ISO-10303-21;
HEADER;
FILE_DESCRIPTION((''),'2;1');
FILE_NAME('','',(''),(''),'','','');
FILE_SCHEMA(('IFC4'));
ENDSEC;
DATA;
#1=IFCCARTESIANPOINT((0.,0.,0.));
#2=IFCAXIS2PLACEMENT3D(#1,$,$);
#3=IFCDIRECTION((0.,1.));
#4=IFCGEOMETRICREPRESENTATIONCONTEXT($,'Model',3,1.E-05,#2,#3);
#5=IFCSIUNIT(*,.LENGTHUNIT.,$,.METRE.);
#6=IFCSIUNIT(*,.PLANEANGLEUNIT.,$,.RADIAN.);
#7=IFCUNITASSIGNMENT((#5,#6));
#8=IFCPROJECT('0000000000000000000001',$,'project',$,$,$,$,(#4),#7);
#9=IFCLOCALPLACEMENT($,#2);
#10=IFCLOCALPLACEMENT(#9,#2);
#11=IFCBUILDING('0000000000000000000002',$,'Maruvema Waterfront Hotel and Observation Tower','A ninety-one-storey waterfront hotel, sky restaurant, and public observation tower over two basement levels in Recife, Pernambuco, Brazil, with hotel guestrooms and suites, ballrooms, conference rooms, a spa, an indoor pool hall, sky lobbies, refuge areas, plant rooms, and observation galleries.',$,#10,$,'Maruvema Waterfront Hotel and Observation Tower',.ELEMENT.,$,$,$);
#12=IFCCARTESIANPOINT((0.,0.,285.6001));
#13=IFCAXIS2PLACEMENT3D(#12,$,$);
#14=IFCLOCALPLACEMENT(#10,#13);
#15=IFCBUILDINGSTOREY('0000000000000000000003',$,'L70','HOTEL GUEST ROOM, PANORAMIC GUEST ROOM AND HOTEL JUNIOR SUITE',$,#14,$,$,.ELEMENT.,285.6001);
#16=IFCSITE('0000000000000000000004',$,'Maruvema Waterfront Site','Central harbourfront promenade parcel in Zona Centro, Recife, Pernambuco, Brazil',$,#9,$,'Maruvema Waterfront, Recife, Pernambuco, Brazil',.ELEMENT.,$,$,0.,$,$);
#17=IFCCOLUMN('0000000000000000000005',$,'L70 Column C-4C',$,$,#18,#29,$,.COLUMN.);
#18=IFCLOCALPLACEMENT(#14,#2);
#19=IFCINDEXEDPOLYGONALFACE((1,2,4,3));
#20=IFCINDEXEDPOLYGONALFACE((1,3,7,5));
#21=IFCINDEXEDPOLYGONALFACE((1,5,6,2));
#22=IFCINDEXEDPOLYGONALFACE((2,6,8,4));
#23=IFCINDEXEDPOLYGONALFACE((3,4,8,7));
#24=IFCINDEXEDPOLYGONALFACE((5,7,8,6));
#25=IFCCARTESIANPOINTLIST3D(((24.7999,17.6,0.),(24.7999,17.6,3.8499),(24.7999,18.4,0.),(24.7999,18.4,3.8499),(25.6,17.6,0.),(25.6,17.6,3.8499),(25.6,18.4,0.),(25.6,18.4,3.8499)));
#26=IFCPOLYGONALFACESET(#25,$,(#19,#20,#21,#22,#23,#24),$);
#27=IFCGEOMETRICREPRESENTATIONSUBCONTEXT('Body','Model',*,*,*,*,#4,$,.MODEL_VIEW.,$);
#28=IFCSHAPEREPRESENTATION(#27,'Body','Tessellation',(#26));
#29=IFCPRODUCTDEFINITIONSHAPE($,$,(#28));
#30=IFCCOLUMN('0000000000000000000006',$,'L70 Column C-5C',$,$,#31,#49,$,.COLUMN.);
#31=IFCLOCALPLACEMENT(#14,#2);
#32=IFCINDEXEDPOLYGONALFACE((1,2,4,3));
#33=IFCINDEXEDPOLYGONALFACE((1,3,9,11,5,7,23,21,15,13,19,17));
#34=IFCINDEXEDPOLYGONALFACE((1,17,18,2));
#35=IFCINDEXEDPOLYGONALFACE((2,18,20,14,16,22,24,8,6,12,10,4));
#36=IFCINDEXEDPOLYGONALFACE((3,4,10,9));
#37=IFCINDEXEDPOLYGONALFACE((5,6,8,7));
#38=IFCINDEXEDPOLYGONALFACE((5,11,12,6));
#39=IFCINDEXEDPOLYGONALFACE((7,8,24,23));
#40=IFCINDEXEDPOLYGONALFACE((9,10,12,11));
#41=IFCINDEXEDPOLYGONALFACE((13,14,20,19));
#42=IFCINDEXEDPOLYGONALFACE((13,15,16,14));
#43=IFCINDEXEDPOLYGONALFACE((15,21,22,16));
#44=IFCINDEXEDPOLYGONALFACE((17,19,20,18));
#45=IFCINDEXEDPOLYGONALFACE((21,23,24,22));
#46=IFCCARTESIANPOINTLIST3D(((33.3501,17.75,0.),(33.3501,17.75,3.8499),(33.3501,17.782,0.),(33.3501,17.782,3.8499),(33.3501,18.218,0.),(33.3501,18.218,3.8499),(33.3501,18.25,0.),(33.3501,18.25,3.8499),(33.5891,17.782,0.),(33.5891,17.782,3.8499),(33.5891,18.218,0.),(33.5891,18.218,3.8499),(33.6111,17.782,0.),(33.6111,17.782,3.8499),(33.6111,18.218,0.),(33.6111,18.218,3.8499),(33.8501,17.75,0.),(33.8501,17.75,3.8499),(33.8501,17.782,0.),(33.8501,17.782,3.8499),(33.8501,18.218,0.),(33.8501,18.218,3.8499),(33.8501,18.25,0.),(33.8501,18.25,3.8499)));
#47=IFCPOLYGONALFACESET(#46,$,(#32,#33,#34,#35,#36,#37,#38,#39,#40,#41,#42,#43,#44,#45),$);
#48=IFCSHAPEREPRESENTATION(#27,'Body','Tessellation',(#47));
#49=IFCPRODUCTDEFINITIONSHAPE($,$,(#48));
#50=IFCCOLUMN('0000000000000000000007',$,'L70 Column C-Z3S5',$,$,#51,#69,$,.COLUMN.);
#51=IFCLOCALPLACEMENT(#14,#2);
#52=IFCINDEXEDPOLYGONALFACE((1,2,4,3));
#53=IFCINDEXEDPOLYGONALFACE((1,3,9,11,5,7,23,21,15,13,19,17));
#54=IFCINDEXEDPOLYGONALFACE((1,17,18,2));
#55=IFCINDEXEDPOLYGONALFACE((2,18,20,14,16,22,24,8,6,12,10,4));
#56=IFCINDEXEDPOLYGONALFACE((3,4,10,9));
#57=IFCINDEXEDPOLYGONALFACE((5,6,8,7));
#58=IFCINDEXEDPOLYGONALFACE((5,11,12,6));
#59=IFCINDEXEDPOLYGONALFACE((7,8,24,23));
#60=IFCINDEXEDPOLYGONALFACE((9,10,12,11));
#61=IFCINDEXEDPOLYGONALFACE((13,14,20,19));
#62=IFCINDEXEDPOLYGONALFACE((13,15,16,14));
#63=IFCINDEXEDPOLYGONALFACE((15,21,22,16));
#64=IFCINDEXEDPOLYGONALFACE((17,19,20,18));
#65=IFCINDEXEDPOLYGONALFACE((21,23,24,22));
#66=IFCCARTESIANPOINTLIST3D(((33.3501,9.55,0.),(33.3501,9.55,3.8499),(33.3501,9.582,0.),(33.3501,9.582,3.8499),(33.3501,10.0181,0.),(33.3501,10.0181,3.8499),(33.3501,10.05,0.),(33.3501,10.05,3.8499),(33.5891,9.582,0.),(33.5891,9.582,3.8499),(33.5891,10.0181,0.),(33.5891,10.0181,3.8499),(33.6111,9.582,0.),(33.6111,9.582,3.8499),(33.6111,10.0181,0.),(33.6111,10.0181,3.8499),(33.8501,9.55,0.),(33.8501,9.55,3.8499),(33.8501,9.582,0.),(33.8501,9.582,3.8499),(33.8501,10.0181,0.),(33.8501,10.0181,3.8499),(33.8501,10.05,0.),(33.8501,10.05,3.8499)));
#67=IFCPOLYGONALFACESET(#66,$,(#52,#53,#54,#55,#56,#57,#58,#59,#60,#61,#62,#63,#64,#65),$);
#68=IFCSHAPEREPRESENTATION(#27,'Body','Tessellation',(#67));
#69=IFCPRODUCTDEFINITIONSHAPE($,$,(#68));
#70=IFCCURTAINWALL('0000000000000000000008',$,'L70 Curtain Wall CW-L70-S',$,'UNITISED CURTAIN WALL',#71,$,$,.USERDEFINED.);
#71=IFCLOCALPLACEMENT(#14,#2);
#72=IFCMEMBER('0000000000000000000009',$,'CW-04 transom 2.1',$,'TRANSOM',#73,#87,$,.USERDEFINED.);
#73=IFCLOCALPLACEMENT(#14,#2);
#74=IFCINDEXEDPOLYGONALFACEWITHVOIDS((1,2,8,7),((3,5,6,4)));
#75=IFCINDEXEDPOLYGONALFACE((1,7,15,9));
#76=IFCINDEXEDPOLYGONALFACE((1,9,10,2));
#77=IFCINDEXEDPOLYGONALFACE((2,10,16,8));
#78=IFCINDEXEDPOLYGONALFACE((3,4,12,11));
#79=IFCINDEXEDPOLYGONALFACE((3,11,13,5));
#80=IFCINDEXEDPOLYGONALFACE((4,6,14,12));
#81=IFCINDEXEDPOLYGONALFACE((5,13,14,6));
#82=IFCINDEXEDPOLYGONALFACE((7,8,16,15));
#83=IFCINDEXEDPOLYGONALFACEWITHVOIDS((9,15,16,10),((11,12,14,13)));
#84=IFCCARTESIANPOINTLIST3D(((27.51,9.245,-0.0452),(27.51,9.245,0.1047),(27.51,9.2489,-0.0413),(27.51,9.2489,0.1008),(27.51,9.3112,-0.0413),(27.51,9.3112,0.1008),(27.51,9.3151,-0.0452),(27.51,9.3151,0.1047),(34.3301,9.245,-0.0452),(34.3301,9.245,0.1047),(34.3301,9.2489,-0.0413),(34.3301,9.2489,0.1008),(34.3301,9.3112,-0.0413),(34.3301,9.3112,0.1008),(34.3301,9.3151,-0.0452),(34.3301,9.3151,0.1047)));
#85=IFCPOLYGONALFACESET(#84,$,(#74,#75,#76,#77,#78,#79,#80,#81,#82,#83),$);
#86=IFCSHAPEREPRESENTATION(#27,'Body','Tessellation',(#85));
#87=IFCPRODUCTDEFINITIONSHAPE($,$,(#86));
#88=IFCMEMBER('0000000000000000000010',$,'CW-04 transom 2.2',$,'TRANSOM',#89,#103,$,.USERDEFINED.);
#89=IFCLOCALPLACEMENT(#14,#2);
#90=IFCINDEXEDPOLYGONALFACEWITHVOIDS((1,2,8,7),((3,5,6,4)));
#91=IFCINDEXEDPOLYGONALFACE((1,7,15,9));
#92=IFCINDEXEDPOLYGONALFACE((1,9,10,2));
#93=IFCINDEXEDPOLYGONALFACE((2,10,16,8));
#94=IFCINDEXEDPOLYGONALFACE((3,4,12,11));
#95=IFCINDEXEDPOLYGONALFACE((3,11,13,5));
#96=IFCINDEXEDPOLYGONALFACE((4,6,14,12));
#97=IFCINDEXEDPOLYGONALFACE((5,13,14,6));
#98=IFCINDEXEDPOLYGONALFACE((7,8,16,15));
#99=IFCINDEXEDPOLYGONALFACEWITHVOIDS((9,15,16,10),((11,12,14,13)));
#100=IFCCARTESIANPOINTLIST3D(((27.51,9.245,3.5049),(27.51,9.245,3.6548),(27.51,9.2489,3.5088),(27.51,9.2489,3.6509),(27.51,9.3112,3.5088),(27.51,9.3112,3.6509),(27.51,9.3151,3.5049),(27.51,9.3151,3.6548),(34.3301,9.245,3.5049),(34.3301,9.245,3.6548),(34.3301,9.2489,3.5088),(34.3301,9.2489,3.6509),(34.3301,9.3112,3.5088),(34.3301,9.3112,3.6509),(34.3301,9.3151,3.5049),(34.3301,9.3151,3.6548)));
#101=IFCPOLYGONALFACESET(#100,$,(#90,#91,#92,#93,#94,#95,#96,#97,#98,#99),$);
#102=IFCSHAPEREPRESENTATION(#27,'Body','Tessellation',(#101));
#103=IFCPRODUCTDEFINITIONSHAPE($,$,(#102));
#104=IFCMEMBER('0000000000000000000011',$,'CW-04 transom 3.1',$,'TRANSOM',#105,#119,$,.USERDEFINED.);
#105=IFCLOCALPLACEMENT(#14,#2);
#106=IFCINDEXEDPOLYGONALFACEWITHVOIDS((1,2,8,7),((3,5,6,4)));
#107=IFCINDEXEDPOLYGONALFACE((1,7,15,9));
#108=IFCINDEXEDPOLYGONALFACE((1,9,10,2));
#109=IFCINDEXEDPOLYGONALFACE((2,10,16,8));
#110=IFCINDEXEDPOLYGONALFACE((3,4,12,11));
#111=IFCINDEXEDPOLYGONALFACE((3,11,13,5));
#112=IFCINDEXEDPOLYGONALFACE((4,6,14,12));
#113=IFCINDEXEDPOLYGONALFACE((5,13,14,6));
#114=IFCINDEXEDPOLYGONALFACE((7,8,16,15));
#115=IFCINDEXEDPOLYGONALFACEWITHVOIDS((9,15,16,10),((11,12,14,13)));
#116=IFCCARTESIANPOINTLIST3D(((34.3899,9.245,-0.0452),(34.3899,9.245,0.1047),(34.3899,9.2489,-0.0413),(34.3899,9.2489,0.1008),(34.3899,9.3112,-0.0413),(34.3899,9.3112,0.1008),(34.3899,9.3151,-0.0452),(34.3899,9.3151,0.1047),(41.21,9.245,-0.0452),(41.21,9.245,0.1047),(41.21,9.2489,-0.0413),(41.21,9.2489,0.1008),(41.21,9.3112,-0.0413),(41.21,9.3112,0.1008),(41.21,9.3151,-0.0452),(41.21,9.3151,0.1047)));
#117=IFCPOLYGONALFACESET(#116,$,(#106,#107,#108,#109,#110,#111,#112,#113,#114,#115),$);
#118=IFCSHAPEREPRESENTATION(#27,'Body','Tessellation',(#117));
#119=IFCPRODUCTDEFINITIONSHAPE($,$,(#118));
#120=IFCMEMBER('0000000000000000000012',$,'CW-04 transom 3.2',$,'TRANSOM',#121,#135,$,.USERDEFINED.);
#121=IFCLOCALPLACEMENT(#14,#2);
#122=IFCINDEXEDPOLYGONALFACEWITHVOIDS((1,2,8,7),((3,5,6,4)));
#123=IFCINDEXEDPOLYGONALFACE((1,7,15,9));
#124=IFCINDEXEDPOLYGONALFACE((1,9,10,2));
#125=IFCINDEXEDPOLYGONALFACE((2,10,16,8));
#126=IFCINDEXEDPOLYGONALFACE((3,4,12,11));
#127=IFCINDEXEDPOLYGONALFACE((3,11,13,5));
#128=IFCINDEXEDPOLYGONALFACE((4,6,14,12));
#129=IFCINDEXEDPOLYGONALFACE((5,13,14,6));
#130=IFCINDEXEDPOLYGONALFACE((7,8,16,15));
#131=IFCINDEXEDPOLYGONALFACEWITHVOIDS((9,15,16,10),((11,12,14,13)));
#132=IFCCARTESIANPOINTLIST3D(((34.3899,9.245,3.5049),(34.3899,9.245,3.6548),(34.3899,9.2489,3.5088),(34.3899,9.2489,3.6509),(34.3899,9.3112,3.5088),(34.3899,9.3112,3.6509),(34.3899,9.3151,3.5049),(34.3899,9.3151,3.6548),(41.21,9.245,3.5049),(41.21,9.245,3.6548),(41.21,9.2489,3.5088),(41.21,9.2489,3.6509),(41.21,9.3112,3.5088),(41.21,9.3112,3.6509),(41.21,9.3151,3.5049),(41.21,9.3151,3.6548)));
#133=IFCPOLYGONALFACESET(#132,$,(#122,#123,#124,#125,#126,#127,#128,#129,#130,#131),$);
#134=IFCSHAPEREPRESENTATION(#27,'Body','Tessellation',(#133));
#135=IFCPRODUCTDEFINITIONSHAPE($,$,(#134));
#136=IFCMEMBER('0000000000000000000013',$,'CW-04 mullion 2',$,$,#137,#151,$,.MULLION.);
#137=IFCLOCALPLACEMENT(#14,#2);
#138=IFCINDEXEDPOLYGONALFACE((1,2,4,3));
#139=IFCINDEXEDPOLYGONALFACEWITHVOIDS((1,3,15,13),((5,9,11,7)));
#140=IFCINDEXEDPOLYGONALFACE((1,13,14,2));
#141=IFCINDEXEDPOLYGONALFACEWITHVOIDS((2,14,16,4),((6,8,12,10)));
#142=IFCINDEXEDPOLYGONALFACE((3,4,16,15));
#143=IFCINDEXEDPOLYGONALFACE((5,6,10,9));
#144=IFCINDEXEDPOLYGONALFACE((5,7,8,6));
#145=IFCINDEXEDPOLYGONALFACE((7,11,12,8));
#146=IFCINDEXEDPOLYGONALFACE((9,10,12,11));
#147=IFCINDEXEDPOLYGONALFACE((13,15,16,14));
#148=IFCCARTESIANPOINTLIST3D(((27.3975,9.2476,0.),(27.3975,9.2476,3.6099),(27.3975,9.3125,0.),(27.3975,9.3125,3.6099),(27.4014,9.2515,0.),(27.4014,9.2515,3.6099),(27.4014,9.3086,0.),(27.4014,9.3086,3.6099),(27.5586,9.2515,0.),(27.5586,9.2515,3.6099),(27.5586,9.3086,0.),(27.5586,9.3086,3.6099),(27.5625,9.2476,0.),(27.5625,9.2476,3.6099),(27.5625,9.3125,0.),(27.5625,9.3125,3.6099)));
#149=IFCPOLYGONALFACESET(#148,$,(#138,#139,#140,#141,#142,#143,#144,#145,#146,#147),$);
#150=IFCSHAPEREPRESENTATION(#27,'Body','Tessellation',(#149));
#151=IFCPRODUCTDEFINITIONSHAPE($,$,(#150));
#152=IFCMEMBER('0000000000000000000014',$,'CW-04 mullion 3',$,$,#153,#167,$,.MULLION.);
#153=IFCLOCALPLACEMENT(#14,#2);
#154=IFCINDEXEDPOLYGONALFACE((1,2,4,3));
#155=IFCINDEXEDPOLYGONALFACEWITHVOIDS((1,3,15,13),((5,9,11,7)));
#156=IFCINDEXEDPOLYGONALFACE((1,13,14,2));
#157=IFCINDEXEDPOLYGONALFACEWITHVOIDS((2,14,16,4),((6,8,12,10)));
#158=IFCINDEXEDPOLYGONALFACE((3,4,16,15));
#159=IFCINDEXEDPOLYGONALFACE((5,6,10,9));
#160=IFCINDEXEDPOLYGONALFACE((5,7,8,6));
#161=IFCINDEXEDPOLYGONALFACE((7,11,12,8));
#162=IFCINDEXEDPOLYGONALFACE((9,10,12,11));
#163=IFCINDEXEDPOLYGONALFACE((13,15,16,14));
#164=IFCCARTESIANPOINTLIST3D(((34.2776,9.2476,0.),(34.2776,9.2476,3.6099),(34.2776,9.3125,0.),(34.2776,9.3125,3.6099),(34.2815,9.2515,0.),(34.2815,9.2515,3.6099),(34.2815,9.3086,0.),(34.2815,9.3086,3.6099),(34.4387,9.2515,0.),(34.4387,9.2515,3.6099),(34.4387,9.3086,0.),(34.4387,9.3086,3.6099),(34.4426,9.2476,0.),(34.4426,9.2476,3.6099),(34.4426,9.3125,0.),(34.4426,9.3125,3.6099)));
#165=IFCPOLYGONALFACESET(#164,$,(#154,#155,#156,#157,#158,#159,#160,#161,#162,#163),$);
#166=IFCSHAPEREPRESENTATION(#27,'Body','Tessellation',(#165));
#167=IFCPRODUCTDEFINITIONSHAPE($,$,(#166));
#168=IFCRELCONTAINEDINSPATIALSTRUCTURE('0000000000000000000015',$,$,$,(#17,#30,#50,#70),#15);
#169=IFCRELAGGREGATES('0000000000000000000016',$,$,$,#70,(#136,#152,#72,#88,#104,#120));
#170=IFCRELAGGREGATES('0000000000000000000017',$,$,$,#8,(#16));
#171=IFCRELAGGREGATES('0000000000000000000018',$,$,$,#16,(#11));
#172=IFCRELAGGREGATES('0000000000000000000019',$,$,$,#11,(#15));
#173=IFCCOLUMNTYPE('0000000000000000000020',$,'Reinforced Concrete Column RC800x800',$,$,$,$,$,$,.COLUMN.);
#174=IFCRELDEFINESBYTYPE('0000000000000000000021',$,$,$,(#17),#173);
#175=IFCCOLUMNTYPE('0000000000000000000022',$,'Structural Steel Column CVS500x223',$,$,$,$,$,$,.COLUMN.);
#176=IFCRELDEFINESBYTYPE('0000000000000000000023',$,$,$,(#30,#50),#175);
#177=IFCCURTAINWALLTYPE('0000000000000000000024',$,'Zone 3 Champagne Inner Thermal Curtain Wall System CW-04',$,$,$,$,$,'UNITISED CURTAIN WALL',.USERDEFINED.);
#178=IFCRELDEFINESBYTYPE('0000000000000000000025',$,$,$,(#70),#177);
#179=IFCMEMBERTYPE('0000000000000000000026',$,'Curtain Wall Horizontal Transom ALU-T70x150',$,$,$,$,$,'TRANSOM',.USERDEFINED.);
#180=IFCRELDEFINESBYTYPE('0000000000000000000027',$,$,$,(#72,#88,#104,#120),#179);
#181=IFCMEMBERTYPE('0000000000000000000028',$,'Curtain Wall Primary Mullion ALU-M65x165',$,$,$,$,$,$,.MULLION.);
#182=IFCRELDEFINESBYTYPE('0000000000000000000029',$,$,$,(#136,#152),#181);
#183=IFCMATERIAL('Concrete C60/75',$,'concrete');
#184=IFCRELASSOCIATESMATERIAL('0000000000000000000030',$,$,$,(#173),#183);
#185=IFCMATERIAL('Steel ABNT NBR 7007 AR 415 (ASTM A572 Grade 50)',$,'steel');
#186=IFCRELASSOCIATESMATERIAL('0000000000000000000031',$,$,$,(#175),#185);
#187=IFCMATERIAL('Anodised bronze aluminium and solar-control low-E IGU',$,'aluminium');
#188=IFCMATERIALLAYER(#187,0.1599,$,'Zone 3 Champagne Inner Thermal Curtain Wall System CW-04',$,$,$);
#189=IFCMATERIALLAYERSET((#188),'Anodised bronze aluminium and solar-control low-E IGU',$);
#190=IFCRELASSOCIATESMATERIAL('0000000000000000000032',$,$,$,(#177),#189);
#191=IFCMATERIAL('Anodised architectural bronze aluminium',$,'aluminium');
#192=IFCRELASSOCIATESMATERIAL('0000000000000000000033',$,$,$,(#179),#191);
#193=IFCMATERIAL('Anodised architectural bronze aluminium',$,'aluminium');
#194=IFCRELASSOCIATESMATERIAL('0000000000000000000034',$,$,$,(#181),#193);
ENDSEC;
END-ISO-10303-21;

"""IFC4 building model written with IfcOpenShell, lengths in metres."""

from ifc_helpers import new_model, si_unit, direction, frame, origin, origin_2d, place, context, subcontext, project, spatial, rectangle, hollow_rectangle, i_section, extrude, material, layer, layer_set, material_profile, profile_set, type_object, element, aggregate, save


model = new_model("IFC4")

# Units and contexts
model_context = context("Model", 3, precision=1e-05, world=origin(), true_north=direction((0.0, 1.0)))
body_context = subcontext(model_context, "Body", "Model", "MODEL_VIEW")
ifc_project = project(units=[si_unit("LENGTHUNIT", "METRE"), si_unit("PLANEANGLEUNIT", "RADIAN")], contexts=[model_context])

# Site, building, storey
site_placement = place(None, origin())
site = spatial("IfcSite", under=ifc_project, at=site_placement, Name="Maruvema Waterfront Site", Description="Central harbourfront promenade parcel in Zona Centro, Recife, Pernambuco, Brazil", LongName="Maruvema Waterfront, Recife, Pernambuco, Brazil", CompositionType="ELEMENT", RefElevation=0.0)
building_placement = place(site_placement, origin())
building = spatial("IfcBuilding", under=site, at=building_placement, Name="Maruvema Waterfront Hotel and Observation Tower", Description="A ninety-one-storey waterfront hotel, sky restaurant, and public observation tower over two basement levels in Recife, Pernambuco, Brazil, with hotel guestrooms and suites, ballrooms, conference rooms, a spa, an indoor pool hall, sky lobbies, refuge areas, plant rooms, and observation galleries.", LongName="Maruvema Waterfront Hotel and Observation Tower", CompositionType="ELEMENT")
storey_placement = place(building_placement, frame((0.0, 0.0, 285.6001)))
storey = spatial("IfcBuildingStorey", under=building, at=storey_placement, Name="L70", Description="HOTEL GUEST ROOM, PANORAMIC GUEST ROOM AND HOTEL JUNIOR SUITE", CompositionType="ELEMENT", Elevation=285.6001)

# Columns
ifc_material_1 = material(Name="Concrete C60/75", Category="concrete")
ifc_material_profile_1 = material_profile(ifc_material_1, rectangle(XDim=0.8, YDim=0.8, at=origin_2d()), Name="RC800x800")
ifc_profile_set_1 = profile_set([ifc_material_profile_1], Name="Concrete C60/75")
column_type_1 = type_object("IfcColumnType", Name="Reinforced Concrete Column RC800x800", PredefinedType="COLUMN", material=ifc_profile_set_1)
column_placement = place(storey_placement, frame((25.2, 18.0, 0.0), z_axis=(0.0, 0.0, 1.0), x_axis=(1.0, 0.0, 0.0)))
element("IfcColumn", 1, at=column_placement, inside=storey, type_object=column_type_1, Name="L70 Column C-4C", PredefinedType="COLUMN", context=body_context, shape_type="SweptSolid", body=[
    extrude(rectangle(XDim=0.8, YDim=0.8, at=origin_2d()), origin(), (0.0, 0.0, 1.0), 3.8499),
])
ifc_material_2 = material(Name="Steel ABNT NBR 7007 AR 415 (ASTM A572 Grade 50)", Category="steel")
ifc_material_profile_2 = material_profile(ifc_material_2, i_section(OverallWidth=0.5, OverallDepth=0.5, WebThickness=0.022, FlangeThickness=0.032, at=origin_2d()), Name="CVS500x223")
ifc_profile_set_2 = profile_set([ifc_material_profile_2], Name="Steel ABNT NBR 7007 AR 415 (ASTM A572 Grade 50)")
column_type_2 = type_object("IfcColumnType", Name="Structural Steel Column CVS500x223", PredefinedType="COLUMN", material=ifc_profile_set_2)
for number, where, z_axis, x_axis, name in (
    (2, (33.6001, 18.0, 0.0), (0.0, 0.0, 1.0), (1.0, 0.0, 0.0), "L70 Column C-5C"),
    (3, (33.6001, 9.8, 0.0), (0.0, 0.0, 1.0), (1.0, 0.0, 0.0), "L70 Column C-Z3S5"),
):
    element("IfcColumn", number, at=place(storey_placement, frame(where, z_axis=z_axis, x_axis=x_axis)), inside=storey, type_object=column_type_2, Name=name, PredefinedType="COLUMN", context=body_context, shape_type="SweptSolid", body=[
        extrude(i_section(OverallWidth=0.5, OverallDepth=0.5, WebThickness=0.022, FlangeThickness=0.032, at=origin_2d()), origin(), (0.0, 0.0, 1.0), 3.8499),
    ])

# Curtain wall, members
ifc_material_3 = material(Name="Anodised bronze aluminium and solar-control low-E IGU", Category="aluminium")
ifc_layer_1 = layer(ifc_material_3, 0.1599, Name="Zone 3 Champagne Inner Thermal Curtain Wall System CW-04")
ifc_layer_set_1 = layer_set([ifc_layer_1], Name="Anodised bronze aluminium and solar-control low-E IGU")
curtain_wall_type = type_object("IfcCurtainWallType", Name="Zone 3 Champagne Inner Thermal Curtain Wall System CW-04", ElementType="UNITISED CURTAIN WALL", PredefinedType="USERDEFINED", material=ifc_layer_set_1)
curtain_wall_placement = place(storey_placement, origin())
curtain_wall = element("IfcCurtainWall", 4, at=curtain_wall_placement, inside=storey, type_object=curtain_wall_type, Name="L70 Curtain Wall CW-L70-S", ObjectType="UNITISED CURTAIN WALL", PredefinedType="USERDEFINED")
ifc_material_4 = material(Name="Anodised architectural bronze aluminium", Category="aluminium")
ifc_material_profile_3 = material_profile(ifc_material_4, hollow_rectangle(XDim=0.0701, YDim=0.1499, WallThickness=0.0039, at=origin_2d()), Name="ALU-T70x150")
ifc_profile_set_3 = profile_set([ifc_material_profile_3], Name="Anodised architectural bronze aluminium")
member_type_1 = type_object("IfcMemberType", Name="Curtain Wall Horizontal Transom ALU-T70x150", ElementType="TRANSOM", PredefinedType="USERDEFINED", material=ifc_profile_set_3)
member_1_placement = place(storey_placement, frame((27.51, 9.28, 0.0298), z_axis=(1.0, 0.0, 0.0), x_axis=(0.0, 1.0, 0.0)))
member_1 = element("IfcMember", 5, at=member_1_placement, type_object=member_type_1, Name="CW-04 transom 2.1", ObjectType="TRANSOM", PredefinedType="USERDEFINED", context=body_context, shape_type="SweptSolid", body=[
    extrude(hollow_rectangle(XDim=0.0701, YDim=0.1499, WallThickness=0.0039, at=origin_2d()), origin(), (0.0, 0.0, 1.0), 6.8201),
])
member_2_placement = place(storey_placement, frame((27.51, 9.28, 3.5798), z_axis=(1.0, 0.0, 0.0), x_axis=(0.0, 1.0, 0.0)))
member_2 = element("IfcMember", 6, at=member_2_placement, type_object=member_type_1, Name="CW-04 transom 2.2", ObjectType="TRANSOM", PredefinedType="USERDEFINED", context=body_context, shape_type="SweptSolid", body=[
    extrude(hollow_rectangle(XDim=0.0701, YDim=0.1499, WallThickness=0.0039, at=origin_2d()), origin(), (0.0, 0.0, 1.0), 6.8201),
])
member_3_placement = place(storey_placement, frame((34.3899, 9.28, 0.0298), z_axis=(1.0, 0.0, 0.0), x_axis=(0.0, 1.0, 0.0)))
member_3 = element("IfcMember", 7, at=member_3_placement, type_object=member_type_1, Name="CW-04 transom 3.1", ObjectType="TRANSOM", PredefinedType="USERDEFINED", context=body_context, shape_type="SweptSolid", body=[
    extrude(hollow_rectangle(XDim=0.0701, YDim=0.1499, WallThickness=0.0039, at=origin_2d()), origin(), (0.0, 0.0, 1.0), 6.8201),
])
member_4_placement = place(storey_placement, frame((34.3899, 9.28, 3.5798), z_axis=(1.0, 0.0, 0.0), x_axis=(0.0, 1.0, 0.0)))
member_4 = element("IfcMember", 8, at=member_4_placement, type_object=member_type_1, Name="CW-04 transom 3.2", ObjectType="TRANSOM", PredefinedType="USERDEFINED", context=body_context, shape_type="SweptSolid", body=[
    extrude(hollow_rectangle(XDim=0.0701, YDim=0.1499, WallThickness=0.0039, at=origin_2d()), origin(), (0.0, 0.0, 1.0), 6.8201),
])
ifc_material_5 = material(Name="Anodised architectural bronze aluminium", Category="aluminium")
ifc_material_profile_4 = material_profile(ifc_material_5, hollow_rectangle(XDim=0.0649, YDim=0.165, WallThickness=0.0039, at=origin_2d()), Name="ALU-M65x165")
ifc_profile_set_4 = profile_set([ifc_material_profile_4], Name="Anodised architectural bronze aluminium")
member_type_2 = type_object("IfcMemberType", Name="Curtain Wall Primary Mullion ALU-M65x165", PredefinedType="MULLION", material=ifc_profile_set_4)
member_5_placement = place(storey_placement, frame((27.48, 9.28, 0.0), z_axis=(0.0, 0.0, 1.0), x_axis=(0.0, 1.0, 0.0)))
member_5 = element("IfcMember", 9, at=member_5_placement, type_object=member_type_2, Name="CW-04 mullion 2", PredefinedType="MULLION", context=body_context, shape_type="SweptSolid", body=[
    extrude(hollow_rectangle(XDim=0.0649, YDim=0.165, WallThickness=0.0039, at=origin_2d()), origin(), (0.0, 0.0, 1.0), 3.6099),
])
member_6_placement = place(storey_placement, frame((34.3601, 9.28, 0.0), z_axis=(0.0, 0.0, 1.0), x_axis=(0.0, 1.0, 0.0)))
member_6 = element("IfcMember", 10, at=member_6_placement, type_object=member_type_2, Name="CW-04 mullion 3", PredefinedType="MULLION", context=body_context, shape_type="SweptSolid", body=[
    extrude(hollow_rectangle(XDim=0.0649, YDim=0.165, WallThickness=0.0039, at=origin_2d()), origin(), (0.0, 0.0, 1.0), 3.6099),
])

aggregate(curtain_wall, [member_5, member_6, member_1, member_2, member_3, member_4])

save(model, "model.ifc")
